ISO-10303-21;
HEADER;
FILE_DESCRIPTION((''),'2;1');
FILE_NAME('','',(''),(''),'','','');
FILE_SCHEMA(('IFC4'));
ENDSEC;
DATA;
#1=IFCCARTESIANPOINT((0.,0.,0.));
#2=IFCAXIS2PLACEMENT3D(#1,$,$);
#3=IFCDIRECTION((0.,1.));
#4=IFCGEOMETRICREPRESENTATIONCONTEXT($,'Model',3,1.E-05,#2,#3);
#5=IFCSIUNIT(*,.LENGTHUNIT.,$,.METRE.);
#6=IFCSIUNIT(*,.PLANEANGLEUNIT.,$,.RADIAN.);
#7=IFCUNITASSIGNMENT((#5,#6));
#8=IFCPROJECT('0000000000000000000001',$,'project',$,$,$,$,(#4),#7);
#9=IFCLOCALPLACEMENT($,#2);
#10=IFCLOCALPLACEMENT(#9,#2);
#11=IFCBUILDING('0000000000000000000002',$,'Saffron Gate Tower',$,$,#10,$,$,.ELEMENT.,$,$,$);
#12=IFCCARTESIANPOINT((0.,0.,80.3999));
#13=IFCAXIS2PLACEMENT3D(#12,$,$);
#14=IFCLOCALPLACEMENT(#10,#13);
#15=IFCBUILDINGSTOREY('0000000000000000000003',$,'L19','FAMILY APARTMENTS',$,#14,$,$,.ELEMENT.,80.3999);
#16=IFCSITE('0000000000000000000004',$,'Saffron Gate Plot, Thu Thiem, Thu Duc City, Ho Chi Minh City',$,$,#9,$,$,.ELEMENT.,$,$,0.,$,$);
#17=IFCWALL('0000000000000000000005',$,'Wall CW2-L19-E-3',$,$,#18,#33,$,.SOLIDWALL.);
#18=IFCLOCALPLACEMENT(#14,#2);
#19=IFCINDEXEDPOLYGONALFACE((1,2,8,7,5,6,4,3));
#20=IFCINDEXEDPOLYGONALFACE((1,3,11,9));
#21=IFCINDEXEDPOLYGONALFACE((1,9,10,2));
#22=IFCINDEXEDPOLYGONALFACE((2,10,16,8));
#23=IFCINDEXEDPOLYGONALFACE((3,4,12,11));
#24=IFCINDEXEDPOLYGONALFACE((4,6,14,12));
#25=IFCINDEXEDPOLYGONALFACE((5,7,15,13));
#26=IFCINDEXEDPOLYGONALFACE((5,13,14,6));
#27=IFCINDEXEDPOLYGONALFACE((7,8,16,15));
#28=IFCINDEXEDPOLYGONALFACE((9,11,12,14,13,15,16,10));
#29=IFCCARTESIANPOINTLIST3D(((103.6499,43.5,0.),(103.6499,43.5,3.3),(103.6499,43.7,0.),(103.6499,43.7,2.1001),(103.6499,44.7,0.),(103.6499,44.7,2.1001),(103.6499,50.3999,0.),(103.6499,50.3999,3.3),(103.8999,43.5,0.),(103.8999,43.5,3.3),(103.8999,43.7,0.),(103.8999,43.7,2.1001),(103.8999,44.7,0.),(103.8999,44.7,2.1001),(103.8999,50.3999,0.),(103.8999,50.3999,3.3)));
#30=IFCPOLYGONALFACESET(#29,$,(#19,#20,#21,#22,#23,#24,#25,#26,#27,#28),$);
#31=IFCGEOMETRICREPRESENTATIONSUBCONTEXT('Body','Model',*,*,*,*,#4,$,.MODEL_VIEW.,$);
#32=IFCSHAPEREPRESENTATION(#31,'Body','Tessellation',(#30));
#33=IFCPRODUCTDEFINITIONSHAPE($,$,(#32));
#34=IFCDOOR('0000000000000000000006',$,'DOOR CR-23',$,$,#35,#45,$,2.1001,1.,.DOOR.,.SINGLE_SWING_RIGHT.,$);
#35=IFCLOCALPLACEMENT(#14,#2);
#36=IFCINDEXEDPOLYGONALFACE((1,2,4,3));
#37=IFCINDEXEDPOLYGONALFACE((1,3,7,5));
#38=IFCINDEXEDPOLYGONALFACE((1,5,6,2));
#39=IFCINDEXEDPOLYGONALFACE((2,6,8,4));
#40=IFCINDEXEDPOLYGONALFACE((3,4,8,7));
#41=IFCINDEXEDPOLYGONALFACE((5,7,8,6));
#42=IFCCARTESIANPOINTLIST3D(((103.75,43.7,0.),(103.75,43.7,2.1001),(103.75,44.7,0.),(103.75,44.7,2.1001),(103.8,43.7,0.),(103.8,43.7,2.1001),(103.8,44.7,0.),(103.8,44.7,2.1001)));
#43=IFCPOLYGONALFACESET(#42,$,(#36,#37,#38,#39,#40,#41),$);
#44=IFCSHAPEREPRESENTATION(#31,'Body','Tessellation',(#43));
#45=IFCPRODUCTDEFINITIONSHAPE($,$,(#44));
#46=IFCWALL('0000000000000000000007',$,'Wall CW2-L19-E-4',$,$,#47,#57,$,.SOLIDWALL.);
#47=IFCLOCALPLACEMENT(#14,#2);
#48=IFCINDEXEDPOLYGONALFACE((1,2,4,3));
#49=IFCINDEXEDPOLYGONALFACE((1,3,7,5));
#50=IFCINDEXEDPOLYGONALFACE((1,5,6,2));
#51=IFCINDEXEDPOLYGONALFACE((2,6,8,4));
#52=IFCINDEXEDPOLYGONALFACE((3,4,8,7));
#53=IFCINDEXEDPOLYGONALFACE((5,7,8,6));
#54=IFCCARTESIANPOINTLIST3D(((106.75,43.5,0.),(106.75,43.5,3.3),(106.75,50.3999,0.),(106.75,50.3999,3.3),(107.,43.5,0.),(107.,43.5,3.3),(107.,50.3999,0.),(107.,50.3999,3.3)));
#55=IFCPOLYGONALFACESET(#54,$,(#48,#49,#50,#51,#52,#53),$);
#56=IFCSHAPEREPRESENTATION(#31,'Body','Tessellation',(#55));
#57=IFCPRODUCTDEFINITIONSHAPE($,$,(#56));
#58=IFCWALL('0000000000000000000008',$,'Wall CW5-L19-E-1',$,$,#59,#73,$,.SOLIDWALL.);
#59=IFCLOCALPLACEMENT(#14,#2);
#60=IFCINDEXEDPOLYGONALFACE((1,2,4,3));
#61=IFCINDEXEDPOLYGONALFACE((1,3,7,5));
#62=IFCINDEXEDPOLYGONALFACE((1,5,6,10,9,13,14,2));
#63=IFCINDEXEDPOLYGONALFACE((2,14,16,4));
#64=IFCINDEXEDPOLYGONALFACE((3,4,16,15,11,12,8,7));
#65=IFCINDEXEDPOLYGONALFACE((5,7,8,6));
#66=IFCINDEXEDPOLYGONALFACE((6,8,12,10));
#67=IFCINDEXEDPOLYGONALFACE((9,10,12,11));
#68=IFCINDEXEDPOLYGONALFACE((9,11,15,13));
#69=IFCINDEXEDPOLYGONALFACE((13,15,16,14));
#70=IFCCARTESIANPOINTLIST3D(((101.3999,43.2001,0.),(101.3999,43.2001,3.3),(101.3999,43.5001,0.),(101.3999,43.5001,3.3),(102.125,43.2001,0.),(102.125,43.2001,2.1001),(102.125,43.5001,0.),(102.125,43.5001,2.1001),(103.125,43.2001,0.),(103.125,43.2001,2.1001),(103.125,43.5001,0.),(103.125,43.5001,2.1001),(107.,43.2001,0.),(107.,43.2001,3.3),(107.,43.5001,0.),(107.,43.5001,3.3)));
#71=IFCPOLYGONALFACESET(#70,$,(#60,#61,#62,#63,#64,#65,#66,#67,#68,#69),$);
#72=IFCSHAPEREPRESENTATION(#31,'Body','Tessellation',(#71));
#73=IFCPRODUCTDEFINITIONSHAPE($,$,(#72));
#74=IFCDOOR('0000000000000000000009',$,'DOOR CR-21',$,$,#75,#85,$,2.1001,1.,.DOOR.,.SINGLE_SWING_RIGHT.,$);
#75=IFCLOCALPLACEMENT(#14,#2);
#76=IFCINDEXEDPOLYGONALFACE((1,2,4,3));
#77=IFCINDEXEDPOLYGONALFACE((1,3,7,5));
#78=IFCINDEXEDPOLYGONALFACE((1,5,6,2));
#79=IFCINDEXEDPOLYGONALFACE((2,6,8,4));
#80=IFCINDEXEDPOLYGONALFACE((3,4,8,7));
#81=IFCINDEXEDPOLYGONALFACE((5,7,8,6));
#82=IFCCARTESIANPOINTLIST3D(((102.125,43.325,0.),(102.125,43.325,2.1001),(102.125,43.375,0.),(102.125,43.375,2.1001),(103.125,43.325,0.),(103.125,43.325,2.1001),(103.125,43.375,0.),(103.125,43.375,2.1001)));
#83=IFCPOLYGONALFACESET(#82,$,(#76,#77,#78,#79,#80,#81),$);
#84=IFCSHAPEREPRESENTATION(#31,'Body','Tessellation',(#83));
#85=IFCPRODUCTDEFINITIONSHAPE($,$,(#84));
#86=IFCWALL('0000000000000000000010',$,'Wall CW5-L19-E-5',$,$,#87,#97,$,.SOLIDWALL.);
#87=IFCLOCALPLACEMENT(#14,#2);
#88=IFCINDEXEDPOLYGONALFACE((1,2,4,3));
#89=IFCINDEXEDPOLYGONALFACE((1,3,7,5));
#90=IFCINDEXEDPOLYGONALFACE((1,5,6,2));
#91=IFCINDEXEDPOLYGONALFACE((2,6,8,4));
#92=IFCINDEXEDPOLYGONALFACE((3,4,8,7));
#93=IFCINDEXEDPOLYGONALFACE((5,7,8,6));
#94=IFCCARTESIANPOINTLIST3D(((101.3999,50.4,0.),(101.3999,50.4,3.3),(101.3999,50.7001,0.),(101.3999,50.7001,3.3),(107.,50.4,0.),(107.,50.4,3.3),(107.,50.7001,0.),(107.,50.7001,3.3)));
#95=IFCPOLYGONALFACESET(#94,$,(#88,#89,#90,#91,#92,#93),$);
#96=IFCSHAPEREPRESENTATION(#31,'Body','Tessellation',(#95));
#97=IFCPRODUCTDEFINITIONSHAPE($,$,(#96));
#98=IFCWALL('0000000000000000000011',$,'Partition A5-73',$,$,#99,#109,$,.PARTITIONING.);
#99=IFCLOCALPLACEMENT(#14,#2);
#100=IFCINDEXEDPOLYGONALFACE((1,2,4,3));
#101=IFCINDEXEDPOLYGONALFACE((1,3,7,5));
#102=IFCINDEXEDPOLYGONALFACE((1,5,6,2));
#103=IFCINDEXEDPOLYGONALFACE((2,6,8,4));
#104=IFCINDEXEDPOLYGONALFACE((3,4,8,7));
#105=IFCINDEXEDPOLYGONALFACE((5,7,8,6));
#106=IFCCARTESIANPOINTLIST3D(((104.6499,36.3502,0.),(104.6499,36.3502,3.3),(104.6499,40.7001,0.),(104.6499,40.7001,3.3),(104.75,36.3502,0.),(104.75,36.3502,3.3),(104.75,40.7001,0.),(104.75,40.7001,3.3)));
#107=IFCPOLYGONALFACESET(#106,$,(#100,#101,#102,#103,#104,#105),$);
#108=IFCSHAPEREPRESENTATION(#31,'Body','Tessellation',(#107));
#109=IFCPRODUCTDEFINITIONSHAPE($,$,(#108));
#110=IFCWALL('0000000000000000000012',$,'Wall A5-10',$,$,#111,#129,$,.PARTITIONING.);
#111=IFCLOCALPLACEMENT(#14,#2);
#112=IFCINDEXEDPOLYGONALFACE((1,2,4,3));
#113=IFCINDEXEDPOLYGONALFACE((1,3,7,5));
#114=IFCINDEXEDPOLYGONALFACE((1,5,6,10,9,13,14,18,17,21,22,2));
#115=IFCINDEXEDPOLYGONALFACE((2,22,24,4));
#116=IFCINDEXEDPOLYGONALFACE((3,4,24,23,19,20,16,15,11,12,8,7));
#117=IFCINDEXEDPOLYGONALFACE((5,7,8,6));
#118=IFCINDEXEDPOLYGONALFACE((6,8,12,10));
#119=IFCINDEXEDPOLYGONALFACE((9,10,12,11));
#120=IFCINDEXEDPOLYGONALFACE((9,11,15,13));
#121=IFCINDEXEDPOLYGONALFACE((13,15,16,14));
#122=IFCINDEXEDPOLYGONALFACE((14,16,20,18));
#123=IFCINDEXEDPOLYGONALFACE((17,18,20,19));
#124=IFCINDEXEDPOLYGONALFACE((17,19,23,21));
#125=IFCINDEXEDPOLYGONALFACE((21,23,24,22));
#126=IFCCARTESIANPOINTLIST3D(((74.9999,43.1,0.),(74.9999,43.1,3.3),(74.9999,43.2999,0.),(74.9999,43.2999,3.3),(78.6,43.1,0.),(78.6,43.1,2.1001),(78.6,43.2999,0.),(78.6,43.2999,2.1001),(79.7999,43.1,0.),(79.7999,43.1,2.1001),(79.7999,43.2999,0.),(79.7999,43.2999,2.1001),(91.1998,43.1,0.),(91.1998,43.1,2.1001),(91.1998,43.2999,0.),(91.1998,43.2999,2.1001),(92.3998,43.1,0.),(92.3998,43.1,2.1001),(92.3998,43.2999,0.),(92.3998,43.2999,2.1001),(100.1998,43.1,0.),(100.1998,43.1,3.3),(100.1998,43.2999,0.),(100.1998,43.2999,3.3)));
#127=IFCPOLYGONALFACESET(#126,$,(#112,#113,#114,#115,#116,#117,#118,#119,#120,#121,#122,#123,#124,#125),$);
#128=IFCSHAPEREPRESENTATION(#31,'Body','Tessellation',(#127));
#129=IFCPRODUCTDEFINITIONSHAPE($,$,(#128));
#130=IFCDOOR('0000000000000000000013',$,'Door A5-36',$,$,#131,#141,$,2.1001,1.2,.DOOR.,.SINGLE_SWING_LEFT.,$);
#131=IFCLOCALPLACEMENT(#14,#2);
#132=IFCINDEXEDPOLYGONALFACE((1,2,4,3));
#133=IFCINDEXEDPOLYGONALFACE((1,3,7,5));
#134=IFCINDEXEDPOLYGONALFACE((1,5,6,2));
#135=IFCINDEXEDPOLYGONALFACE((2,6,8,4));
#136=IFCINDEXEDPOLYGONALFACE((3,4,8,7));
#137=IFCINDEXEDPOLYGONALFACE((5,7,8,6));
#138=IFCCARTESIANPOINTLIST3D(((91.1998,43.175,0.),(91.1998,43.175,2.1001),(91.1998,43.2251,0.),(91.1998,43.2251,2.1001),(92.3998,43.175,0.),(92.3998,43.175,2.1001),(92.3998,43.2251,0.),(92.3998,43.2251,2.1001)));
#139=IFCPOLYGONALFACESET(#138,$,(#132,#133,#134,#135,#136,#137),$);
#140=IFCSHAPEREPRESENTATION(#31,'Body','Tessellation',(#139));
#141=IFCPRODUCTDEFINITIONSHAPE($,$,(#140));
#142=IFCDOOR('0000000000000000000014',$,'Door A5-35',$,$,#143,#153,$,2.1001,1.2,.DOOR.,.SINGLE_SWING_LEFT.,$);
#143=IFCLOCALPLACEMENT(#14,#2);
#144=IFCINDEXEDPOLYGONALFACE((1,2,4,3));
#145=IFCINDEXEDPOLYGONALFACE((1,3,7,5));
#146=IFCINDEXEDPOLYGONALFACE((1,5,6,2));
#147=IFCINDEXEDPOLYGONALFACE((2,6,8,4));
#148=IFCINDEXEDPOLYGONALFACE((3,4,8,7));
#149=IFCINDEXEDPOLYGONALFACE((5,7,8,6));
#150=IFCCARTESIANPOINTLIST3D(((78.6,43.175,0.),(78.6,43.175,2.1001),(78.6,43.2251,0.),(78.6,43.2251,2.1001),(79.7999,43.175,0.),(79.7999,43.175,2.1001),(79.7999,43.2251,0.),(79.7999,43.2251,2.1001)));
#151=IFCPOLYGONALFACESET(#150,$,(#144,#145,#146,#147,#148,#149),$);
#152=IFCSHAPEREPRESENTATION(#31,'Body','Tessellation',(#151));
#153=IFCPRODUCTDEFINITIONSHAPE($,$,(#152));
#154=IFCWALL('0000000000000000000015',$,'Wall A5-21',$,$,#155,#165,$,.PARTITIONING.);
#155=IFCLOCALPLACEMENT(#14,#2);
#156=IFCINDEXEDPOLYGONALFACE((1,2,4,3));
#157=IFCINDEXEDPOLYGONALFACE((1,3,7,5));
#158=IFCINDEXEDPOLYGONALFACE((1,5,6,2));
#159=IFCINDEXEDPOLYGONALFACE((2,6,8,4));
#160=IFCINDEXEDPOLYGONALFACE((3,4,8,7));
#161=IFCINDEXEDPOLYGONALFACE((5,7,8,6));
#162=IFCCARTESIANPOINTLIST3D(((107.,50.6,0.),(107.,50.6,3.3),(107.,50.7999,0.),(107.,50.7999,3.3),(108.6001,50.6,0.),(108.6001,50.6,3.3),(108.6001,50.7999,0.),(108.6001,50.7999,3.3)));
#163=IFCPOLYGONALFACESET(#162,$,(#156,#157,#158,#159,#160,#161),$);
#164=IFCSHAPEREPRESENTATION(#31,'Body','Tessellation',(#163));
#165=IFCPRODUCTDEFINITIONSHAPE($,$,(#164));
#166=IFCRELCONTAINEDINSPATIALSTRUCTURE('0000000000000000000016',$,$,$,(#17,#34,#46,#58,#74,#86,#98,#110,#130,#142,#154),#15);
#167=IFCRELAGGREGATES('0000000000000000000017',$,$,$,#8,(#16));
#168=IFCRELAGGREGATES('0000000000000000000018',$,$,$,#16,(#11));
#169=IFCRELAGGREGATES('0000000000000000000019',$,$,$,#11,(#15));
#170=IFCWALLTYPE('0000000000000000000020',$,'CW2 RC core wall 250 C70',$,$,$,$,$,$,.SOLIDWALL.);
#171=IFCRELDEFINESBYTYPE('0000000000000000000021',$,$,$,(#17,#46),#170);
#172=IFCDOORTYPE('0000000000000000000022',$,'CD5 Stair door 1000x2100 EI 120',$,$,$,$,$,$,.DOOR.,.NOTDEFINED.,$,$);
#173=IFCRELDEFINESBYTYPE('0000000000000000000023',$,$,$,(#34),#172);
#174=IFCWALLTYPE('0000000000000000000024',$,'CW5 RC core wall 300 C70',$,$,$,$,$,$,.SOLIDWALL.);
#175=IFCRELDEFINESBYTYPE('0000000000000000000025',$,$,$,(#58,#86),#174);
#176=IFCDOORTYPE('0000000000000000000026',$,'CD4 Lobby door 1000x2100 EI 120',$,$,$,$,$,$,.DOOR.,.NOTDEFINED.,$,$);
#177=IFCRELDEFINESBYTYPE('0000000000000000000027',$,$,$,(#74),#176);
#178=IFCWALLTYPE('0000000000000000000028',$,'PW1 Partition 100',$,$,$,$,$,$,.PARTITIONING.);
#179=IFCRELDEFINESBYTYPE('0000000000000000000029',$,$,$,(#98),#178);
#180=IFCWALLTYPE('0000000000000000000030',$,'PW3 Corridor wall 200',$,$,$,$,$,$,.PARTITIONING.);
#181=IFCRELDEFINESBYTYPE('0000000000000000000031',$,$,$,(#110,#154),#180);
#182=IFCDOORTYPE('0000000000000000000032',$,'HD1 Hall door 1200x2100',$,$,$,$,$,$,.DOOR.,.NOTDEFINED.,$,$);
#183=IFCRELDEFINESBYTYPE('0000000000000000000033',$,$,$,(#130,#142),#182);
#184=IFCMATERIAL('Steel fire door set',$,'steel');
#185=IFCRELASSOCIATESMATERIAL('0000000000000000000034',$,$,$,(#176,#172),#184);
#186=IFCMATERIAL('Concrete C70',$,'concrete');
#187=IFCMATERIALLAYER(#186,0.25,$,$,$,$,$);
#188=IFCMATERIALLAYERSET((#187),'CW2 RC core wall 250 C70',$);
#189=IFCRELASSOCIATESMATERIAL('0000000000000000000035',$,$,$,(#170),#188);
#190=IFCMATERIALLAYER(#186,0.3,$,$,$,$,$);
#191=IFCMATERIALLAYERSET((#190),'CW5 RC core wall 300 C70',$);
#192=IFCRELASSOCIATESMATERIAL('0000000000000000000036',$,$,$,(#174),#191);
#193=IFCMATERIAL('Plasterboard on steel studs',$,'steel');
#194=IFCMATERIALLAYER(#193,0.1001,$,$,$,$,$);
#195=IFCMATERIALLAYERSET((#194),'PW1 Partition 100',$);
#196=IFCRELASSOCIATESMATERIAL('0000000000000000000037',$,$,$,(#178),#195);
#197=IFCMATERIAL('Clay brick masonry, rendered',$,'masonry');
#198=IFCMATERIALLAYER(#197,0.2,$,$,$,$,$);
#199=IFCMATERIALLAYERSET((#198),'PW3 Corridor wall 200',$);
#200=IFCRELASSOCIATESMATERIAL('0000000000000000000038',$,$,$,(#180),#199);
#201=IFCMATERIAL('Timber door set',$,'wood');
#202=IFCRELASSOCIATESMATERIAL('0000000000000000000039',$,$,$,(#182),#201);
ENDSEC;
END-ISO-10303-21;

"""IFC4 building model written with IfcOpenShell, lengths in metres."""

from ifc_helpers import new_model, si_unit, direction, frame, frame_2d, origin, place, context, subcontext, project, spatial, rectangle, extrude, material, layer, layer_set, type_object, element, fill, save


model = new_model("IFC4")

# Units and contexts
model_context = context("Model", 3, precision=1e-05, world=origin(), true_north=direction((0.0, 1.0)))
body_context = subcontext(model_context, "Body", "Model", "MODEL_VIEW")
ifc_project = project(units=[si_unit("LENGTHUNIT", "METRE"), si_unit("PLANEANGLEUNIT", "RADIAN")], contexts=[model_context])

# Site, building, storey
site_placement = place(None, origin())
site = spatial("IfcSite", under=ifc_project, at=site_placement, Name="Saffron Gate Plot, Thu Thiem, Thu Duc City, Ho Chi Minh City", CompositionType="ELEMENT", RefElevation=0.0)
building_placement = place(site_placement, origin())
building = spatial("IfcBuilding", under=site, at=building_placement, Name="Saffron Gate Tower", CompositionType="ELEMENT")
storey_placement = place(building_placement, frame((0.0, 0.0, 80.3999)))
storey = spatial("IfcBuildingStorey", under=building, at=storey_placement, Name="L19", Description="FAMILY APARTMENTS", CompositionType="ELEMENT", Elevation=80.3999)

# Wall, opening, door
ifc_material_1 = material(Name="Steel fire door set", Category="steel")
door_type_1 = type_object("IfcDoorType", Name="CD4 Lobby door 1000x2100 EI 120", OperationType="NOTDEFINED", PredefinedType="DOOR", material=ifc_material_1)
ifc_material_2 = material(Name="Concrete C70", Category="concrete")
ifc_layer_1 = layer(ifc_material_2, 0.25)
ifc_layer_set_1 = layer_set([ifc_layer_1], Name="CW2 RC core wall 250 C70")
wall_type_1 = type_object("IfcWallType", Name="CW2 RC core wall 250 C70", PredefinedType="SOLIDWALL", material=ifc_layer_set_1)
wall_1_placement = place(storey_placement, frame((103.7749, 43.5, 0.0), z_axis=(0.0, 0.0, 1.0), x_axis=(0.0, 1.0, 0.0)))
wall_1 = element("IfcWall", 1, at=wall_1_placement, inside=storey, type_object=wall_type_1, Name="Wall CW2-L19-E-3", PredefinedType="SOLIDWALL", context=body_context, shape_type="SweptSolid", body=[
    extrude(rectangle(XDim=6.8999, YDim=0.25, at=frame_2d((3.45, 0.0))), origin(), (0.0, 0.0, 1.0), 3.3),
])
opening_1_placement = place(wall_1_placement, frame((0.2, 0.0, 0.0)))
opening_1 = element("IfcOpeningElement", 2, at=opening_1_placement, cuts=wall_1, PredefinedType="OPENING", context=body_context, shape_type="SweptSolid", body=[
    extrude(rectangle(XDim=1.0, YDim=2.1001, at=frame_2d((0.5, 1.05))), frame((0.0, 0.135, 0.0), z_axis=(0.0, -1.0, 0.0), x_axis=(1.0, 0.0, 0.0)), (0.0, 0.0, 1.0), 0.27),
])
door_type_2 = type_object("IfcDoorType", Name="CD5 Stair door 1000x2100 EI 120", OperationType="NOTDEFINED", PredefinedType="DOOR", material=ifc_material_1)
door_1_placement = place(opening_1_placement, origin())
door_1 = element("IfcDoor", 3, at=door_1_placement, inside=storey, type_object=door_type_2, Name="DOOR CR-23", OperationType="SINGLE_SWING_RIGHT", OverallHeight=2.1001, OverallWidth=1.0, PredefinedType="DOOR", context=body_context, shape_type="SweptSolid", body=[
    extrude(rectangle(XDim=1.0, YDim=2.1001, at=frame_2d((0.5, 1.05))), frame((0.0, 0.0249, 0.0), z_axis=(0.0, -1.0, 0.0), x_axis=(1.0, 0.0, 0.0)), (0.0, 0.0, 1.0), 0.05),
])
fill(opening_1, door_1)

# Wall
wall_2_placement = place(storey_placement, frame((106.875, 43.5, 0.0), z_axis=(0.0, 0.0, 1.0), x_axis=(0.0, 1.0, 0.0)))
element("IfcWall", 4, at=wall_2_placement, inside=storey, type_object=wall_type_1, Name="Wall CW2-L19-E-4", PredefinedType="SOLIDWALL", context=body_context, shape_type="SweptSolid", body=[
    extrude(rectangle(XDim=6.8999, YDim=0.25, at=frame_2d((3.45, 0.0))), origin(), (0.0, 0.0, 1.0), 3.3),
])

# Wall, opening, door
ifc_layer_2 = layer(ifc_material_2, 0.3)
ifc_layer_set_2 = layer_set([ifc_layer_2], Name="CW5 RC core wall 300 C70")
wall_type_2 = type_object("IfcWallType", Name="CW5 RC core wall 300 C70", PredefinedType="SOLIDWALL", material=ifc_layer_set_2)
wall_3_placement = place(storey_placement, frame((101.3999, 43.3501, 0.0), z_axis=(0.0, 0.0, 1.0), x_axis=(1.0, 0.0, 0.0)))
wall_3 = element("IfcWall", 5, at=wall_3_placement, inside=storey, type_object=wall_type_2, Name="Wall CW5-L19-E-1", PredefinedType="SOLIDWALL", context=body_context, shape_type="SweptSolid", body=[
    extrude(rectangle(XDim=5.6001, YDim=0.3, at=frame_2d((2.8, 0.0))), origin(), (0.0, 0.0, 1.0), 3.3),
])
opening_2_placement = place(wall_3_placement, frame((0.7251, 0.0, 0.0)))
opening_2 = element("IfcOpeningElement", 6, at=opening_2_placement, cuts=wall_3, PredefinedType="OPENING", context=body_context, shape_type="SweptSolid", body=[
    extrude(rectangle(XDim=1.0, YDim=2.1001, at=frame_2d((0.5, 1.05))), frame((0.0, 0.1602, 0.0), z_axis=(0.0, -1.0, 0.0), x_axis=(1.0, 0.0, 0.0)), (0.0, 0.0, 1.0), 0.3201),
])
door_2_placement = place(opening_2_placement, origin())
door_2 = element("IfcDoor", 7, at=door_2_placement, inside=storey, type_object=door_type_1, Name="DOOR CR-21", OperationType="SINGLE_SWING_RIGHT", OverallHeight=2.1001, OverallWidth=1.0, PredefinedType="DOOR", context=body_context, shape_type="SweptSolid", body=[
    extrude(rectangle(XDim=1.0, YDim=2.1001, at=frame_2d((0.5, 1.05))), frame((0.0, 0.0249, 0.0), z_axis=(0.0, -1.0, 0.0), x_axis=(1.0, 0.0, 0.0)), (0.0, 0.0, 1.0), 0.05),
])
fill(opening_2, door_2)

# Walls
wall_4_placement = place(storey_placement, frame((101.3999, 50.55, 0.0), z_axis=(0.0, 0.0, 1.0), x_axis=(1.0, 0.0, 0.0)))
element("IfcWall", 8, at=wall_4_placement, inside=storey, type_object=wall_type_2, Name="Wall CW5-L19-E-5", PredefinedType="SOLIDWALL", context=body_context, shape_type="SweptSolid", body=[
    extrude(rectangle(XDim=5.6001, YDim=0.3, at=frame_2d((2.8, 0.0))), origin(), (0.0, 0.0, 1.0), 3.3),
])
ifc_material_3 = material(Name="Plasterboard on steel studs", Category="steel")
ifc_layer_3 = layer(ifc_material_3, 0.1001)
ifc_layer_set_3 = layer_set([ifc_layer_3], Name="PW1 Partition 100")
wall_type_3 = type_object("IfcWallType", Name="PW1 Partition 100", PredefinedType="PARTITIONING", material=ifc_layer_set_3)
wall_5_placement = place(storey_placement, frame((104.7, 40.7, 0.0), z_axis=(0.0, 0.0, 1.0), x_axis=(0.0, -1.0, 0.0)))
element("IfcWall", 9, at=wall_5_placement, inside=storey, type_object=wall_type_3, Name="Partition A5-73", PredefinedType="PARTITIONING", context=body_context, shape_type="SweptSolid", body=[
    extrude(rectangle(XDim=4.3499, YDim=0.1001, at=frame_2d((2.1748, 0.0))), origin(), (0.0, 0.0, 1.0), 3.3),
])

# Wall, openings, doors
ifc_material_4 = material(Name="Clay brick masonry, rendered", Category="masonry")
ifc_layer_4 = layer(ifc_material_4, 0.2)
ifc_layer_set_4 = layer_set([ifc_layer_4], Name="PW3 Corridor wall 200")
wall_type_4 = type_object("IfcWallType", Name="PW3 Corridor wall 200", PredefinedType="PARTITIONING", material=ifc_layer_set_4)
wall_6_placement = place(storey_placement, frame((100.2, 43.2, 0.0), z_axis=(0.0, 0.0, 1.0), x_axis=(-1.0, 0.0, 0.0)))
wall_6 = element("IfcWall", 10, at=wall_6_placement, inside=storey, type_object=wall_type_4, Name="Wall A5-10", PredefinedType="PARTITIONING", context=body_context, shape_type="SweptSolid", body=[
    extrude(rectangle(XDim=25.2, YDim=0.2, at=frame_2d((12.6001, 0.0))), origin(), (0.0, 0.0, 1.0), 3.3),
])
opening_3_placement = place(wall_6_placement, frame((7.8, 0.0, 0.0)))
opening_3 = element("IfcOpeningElement", 11, at=opening_3_placement, cuts=wall_6, PredefinedType="OPENING", context=body_context, shape_type="SweptSolid", body=[
    extrude(rectangle(XDim=1.2, YDim=2.1001, at=frame_2d((0.6001, 1.05))), frame((0.0, 0.1099, 0.0), z_axis=(0.0, -1.0, 0.0), x_axis=(1.0, 0.0, 0.0)), (0.0, 0.0, 1.0), 0.22),
])
opening_4_placement = place(wall_6_placement, frame((20.3999, 0.0, 0.0)))
opening_4 = element("IfcOpeningElement", 12, at=opening_4_placement, cuts=wall_6, PredefinedType="OPENING", context=body_context, shape_type="SweptSolid", body=[
    extrude(rectangle(XDim=1.2, YDim=2.1001, at=frame_2d((0.6001, 1.05))), frame((0.0, 0.1099, 0.0), z_axis=(0.0, -1.0, 0.0), x_axis=(1.0, 0.0, 0.0)), (0.0, 0.0, 1.0), 0.22),
])
ifc_material_5 = material(Name="Timber door set", Category="wood")
door_type_3 = type_object("IfcDoorType", Name="HD1 Hall door 1200x2100", OperationType="NOTDEFINED", PredefinedType="DOOR", material=ifc_material_5)
door_3_placement = place(opening_3_placement, origin())
door_3 = element("IfcDoor", 13, at=door_3_placement, inside=storey, type_object=door_type_3, Name="Door A5-36", OperationType="SINGLE_SWING_LEFT", OverallHeight=2.1001, OverallWidth=1.2, PredefinedType="DOOR", context=body_context, shape_type="SweptSolid", body=[
    extrude(rectangle(XDim=1.2, YDim=2.1001, at=frame_2d((0.6001, 1.05))), frame((0.0, 0.0249, 0.0), z_axis=(0.0, -1.0, 0.0), x_axis=(1.0, 0.0, 0.0)), (0.0, 0.0, 1.0), 0.05),
])
fill(opening_3, door_3)
door_4_placement = place(opening_4_placement, origin())
door_4 = element("IfcDoor", 14, at=door_4_placement, inside=storey, type_object=door_type_3, Name="Door A5-35", OperationType="SINGLE_SWING_LEFT", OverallHeight=2.1001, OverallWidth=1.2, PredefinedType="DOOR", context=body_context, shape_type="SweptSolid", body=[
    extrude(rectangle(XDim=1.2, YDim=2.1001, at=frame_2d((0.6001, 1.05))), frame((0.0, 0.0249, 0.0), z_axis=(0.0, -1.0, 0.0), x_axis=(1.0, 0.0, 0.0)), (0.0, 0.0, 1.0), 0.05),
])
fill(opening_4, door_4)

# Wall
wall_7_placement = place(storey_placement, frame((107.0, 50.7, 0.0), z_axis=(0.0, 0.0, 1.0), x_axis=(1.0, 0.0, 0.0)))
element("IfcWall", 15, at=wall_7_placement, inside=storey, type_object=wall_type_4, Name="Wall A5-21", PredefinedType="PARTITIONING", context=body_context, shape_type="SweptSolid", body=[
    extrude(rectangle(XDim=1.6001, YDim=0.2, at=frame_2d((0.8, 0.0))), origin(), (0.0, 0.0, 1.0), 3.3),
])

save(model, "model.ifc")
